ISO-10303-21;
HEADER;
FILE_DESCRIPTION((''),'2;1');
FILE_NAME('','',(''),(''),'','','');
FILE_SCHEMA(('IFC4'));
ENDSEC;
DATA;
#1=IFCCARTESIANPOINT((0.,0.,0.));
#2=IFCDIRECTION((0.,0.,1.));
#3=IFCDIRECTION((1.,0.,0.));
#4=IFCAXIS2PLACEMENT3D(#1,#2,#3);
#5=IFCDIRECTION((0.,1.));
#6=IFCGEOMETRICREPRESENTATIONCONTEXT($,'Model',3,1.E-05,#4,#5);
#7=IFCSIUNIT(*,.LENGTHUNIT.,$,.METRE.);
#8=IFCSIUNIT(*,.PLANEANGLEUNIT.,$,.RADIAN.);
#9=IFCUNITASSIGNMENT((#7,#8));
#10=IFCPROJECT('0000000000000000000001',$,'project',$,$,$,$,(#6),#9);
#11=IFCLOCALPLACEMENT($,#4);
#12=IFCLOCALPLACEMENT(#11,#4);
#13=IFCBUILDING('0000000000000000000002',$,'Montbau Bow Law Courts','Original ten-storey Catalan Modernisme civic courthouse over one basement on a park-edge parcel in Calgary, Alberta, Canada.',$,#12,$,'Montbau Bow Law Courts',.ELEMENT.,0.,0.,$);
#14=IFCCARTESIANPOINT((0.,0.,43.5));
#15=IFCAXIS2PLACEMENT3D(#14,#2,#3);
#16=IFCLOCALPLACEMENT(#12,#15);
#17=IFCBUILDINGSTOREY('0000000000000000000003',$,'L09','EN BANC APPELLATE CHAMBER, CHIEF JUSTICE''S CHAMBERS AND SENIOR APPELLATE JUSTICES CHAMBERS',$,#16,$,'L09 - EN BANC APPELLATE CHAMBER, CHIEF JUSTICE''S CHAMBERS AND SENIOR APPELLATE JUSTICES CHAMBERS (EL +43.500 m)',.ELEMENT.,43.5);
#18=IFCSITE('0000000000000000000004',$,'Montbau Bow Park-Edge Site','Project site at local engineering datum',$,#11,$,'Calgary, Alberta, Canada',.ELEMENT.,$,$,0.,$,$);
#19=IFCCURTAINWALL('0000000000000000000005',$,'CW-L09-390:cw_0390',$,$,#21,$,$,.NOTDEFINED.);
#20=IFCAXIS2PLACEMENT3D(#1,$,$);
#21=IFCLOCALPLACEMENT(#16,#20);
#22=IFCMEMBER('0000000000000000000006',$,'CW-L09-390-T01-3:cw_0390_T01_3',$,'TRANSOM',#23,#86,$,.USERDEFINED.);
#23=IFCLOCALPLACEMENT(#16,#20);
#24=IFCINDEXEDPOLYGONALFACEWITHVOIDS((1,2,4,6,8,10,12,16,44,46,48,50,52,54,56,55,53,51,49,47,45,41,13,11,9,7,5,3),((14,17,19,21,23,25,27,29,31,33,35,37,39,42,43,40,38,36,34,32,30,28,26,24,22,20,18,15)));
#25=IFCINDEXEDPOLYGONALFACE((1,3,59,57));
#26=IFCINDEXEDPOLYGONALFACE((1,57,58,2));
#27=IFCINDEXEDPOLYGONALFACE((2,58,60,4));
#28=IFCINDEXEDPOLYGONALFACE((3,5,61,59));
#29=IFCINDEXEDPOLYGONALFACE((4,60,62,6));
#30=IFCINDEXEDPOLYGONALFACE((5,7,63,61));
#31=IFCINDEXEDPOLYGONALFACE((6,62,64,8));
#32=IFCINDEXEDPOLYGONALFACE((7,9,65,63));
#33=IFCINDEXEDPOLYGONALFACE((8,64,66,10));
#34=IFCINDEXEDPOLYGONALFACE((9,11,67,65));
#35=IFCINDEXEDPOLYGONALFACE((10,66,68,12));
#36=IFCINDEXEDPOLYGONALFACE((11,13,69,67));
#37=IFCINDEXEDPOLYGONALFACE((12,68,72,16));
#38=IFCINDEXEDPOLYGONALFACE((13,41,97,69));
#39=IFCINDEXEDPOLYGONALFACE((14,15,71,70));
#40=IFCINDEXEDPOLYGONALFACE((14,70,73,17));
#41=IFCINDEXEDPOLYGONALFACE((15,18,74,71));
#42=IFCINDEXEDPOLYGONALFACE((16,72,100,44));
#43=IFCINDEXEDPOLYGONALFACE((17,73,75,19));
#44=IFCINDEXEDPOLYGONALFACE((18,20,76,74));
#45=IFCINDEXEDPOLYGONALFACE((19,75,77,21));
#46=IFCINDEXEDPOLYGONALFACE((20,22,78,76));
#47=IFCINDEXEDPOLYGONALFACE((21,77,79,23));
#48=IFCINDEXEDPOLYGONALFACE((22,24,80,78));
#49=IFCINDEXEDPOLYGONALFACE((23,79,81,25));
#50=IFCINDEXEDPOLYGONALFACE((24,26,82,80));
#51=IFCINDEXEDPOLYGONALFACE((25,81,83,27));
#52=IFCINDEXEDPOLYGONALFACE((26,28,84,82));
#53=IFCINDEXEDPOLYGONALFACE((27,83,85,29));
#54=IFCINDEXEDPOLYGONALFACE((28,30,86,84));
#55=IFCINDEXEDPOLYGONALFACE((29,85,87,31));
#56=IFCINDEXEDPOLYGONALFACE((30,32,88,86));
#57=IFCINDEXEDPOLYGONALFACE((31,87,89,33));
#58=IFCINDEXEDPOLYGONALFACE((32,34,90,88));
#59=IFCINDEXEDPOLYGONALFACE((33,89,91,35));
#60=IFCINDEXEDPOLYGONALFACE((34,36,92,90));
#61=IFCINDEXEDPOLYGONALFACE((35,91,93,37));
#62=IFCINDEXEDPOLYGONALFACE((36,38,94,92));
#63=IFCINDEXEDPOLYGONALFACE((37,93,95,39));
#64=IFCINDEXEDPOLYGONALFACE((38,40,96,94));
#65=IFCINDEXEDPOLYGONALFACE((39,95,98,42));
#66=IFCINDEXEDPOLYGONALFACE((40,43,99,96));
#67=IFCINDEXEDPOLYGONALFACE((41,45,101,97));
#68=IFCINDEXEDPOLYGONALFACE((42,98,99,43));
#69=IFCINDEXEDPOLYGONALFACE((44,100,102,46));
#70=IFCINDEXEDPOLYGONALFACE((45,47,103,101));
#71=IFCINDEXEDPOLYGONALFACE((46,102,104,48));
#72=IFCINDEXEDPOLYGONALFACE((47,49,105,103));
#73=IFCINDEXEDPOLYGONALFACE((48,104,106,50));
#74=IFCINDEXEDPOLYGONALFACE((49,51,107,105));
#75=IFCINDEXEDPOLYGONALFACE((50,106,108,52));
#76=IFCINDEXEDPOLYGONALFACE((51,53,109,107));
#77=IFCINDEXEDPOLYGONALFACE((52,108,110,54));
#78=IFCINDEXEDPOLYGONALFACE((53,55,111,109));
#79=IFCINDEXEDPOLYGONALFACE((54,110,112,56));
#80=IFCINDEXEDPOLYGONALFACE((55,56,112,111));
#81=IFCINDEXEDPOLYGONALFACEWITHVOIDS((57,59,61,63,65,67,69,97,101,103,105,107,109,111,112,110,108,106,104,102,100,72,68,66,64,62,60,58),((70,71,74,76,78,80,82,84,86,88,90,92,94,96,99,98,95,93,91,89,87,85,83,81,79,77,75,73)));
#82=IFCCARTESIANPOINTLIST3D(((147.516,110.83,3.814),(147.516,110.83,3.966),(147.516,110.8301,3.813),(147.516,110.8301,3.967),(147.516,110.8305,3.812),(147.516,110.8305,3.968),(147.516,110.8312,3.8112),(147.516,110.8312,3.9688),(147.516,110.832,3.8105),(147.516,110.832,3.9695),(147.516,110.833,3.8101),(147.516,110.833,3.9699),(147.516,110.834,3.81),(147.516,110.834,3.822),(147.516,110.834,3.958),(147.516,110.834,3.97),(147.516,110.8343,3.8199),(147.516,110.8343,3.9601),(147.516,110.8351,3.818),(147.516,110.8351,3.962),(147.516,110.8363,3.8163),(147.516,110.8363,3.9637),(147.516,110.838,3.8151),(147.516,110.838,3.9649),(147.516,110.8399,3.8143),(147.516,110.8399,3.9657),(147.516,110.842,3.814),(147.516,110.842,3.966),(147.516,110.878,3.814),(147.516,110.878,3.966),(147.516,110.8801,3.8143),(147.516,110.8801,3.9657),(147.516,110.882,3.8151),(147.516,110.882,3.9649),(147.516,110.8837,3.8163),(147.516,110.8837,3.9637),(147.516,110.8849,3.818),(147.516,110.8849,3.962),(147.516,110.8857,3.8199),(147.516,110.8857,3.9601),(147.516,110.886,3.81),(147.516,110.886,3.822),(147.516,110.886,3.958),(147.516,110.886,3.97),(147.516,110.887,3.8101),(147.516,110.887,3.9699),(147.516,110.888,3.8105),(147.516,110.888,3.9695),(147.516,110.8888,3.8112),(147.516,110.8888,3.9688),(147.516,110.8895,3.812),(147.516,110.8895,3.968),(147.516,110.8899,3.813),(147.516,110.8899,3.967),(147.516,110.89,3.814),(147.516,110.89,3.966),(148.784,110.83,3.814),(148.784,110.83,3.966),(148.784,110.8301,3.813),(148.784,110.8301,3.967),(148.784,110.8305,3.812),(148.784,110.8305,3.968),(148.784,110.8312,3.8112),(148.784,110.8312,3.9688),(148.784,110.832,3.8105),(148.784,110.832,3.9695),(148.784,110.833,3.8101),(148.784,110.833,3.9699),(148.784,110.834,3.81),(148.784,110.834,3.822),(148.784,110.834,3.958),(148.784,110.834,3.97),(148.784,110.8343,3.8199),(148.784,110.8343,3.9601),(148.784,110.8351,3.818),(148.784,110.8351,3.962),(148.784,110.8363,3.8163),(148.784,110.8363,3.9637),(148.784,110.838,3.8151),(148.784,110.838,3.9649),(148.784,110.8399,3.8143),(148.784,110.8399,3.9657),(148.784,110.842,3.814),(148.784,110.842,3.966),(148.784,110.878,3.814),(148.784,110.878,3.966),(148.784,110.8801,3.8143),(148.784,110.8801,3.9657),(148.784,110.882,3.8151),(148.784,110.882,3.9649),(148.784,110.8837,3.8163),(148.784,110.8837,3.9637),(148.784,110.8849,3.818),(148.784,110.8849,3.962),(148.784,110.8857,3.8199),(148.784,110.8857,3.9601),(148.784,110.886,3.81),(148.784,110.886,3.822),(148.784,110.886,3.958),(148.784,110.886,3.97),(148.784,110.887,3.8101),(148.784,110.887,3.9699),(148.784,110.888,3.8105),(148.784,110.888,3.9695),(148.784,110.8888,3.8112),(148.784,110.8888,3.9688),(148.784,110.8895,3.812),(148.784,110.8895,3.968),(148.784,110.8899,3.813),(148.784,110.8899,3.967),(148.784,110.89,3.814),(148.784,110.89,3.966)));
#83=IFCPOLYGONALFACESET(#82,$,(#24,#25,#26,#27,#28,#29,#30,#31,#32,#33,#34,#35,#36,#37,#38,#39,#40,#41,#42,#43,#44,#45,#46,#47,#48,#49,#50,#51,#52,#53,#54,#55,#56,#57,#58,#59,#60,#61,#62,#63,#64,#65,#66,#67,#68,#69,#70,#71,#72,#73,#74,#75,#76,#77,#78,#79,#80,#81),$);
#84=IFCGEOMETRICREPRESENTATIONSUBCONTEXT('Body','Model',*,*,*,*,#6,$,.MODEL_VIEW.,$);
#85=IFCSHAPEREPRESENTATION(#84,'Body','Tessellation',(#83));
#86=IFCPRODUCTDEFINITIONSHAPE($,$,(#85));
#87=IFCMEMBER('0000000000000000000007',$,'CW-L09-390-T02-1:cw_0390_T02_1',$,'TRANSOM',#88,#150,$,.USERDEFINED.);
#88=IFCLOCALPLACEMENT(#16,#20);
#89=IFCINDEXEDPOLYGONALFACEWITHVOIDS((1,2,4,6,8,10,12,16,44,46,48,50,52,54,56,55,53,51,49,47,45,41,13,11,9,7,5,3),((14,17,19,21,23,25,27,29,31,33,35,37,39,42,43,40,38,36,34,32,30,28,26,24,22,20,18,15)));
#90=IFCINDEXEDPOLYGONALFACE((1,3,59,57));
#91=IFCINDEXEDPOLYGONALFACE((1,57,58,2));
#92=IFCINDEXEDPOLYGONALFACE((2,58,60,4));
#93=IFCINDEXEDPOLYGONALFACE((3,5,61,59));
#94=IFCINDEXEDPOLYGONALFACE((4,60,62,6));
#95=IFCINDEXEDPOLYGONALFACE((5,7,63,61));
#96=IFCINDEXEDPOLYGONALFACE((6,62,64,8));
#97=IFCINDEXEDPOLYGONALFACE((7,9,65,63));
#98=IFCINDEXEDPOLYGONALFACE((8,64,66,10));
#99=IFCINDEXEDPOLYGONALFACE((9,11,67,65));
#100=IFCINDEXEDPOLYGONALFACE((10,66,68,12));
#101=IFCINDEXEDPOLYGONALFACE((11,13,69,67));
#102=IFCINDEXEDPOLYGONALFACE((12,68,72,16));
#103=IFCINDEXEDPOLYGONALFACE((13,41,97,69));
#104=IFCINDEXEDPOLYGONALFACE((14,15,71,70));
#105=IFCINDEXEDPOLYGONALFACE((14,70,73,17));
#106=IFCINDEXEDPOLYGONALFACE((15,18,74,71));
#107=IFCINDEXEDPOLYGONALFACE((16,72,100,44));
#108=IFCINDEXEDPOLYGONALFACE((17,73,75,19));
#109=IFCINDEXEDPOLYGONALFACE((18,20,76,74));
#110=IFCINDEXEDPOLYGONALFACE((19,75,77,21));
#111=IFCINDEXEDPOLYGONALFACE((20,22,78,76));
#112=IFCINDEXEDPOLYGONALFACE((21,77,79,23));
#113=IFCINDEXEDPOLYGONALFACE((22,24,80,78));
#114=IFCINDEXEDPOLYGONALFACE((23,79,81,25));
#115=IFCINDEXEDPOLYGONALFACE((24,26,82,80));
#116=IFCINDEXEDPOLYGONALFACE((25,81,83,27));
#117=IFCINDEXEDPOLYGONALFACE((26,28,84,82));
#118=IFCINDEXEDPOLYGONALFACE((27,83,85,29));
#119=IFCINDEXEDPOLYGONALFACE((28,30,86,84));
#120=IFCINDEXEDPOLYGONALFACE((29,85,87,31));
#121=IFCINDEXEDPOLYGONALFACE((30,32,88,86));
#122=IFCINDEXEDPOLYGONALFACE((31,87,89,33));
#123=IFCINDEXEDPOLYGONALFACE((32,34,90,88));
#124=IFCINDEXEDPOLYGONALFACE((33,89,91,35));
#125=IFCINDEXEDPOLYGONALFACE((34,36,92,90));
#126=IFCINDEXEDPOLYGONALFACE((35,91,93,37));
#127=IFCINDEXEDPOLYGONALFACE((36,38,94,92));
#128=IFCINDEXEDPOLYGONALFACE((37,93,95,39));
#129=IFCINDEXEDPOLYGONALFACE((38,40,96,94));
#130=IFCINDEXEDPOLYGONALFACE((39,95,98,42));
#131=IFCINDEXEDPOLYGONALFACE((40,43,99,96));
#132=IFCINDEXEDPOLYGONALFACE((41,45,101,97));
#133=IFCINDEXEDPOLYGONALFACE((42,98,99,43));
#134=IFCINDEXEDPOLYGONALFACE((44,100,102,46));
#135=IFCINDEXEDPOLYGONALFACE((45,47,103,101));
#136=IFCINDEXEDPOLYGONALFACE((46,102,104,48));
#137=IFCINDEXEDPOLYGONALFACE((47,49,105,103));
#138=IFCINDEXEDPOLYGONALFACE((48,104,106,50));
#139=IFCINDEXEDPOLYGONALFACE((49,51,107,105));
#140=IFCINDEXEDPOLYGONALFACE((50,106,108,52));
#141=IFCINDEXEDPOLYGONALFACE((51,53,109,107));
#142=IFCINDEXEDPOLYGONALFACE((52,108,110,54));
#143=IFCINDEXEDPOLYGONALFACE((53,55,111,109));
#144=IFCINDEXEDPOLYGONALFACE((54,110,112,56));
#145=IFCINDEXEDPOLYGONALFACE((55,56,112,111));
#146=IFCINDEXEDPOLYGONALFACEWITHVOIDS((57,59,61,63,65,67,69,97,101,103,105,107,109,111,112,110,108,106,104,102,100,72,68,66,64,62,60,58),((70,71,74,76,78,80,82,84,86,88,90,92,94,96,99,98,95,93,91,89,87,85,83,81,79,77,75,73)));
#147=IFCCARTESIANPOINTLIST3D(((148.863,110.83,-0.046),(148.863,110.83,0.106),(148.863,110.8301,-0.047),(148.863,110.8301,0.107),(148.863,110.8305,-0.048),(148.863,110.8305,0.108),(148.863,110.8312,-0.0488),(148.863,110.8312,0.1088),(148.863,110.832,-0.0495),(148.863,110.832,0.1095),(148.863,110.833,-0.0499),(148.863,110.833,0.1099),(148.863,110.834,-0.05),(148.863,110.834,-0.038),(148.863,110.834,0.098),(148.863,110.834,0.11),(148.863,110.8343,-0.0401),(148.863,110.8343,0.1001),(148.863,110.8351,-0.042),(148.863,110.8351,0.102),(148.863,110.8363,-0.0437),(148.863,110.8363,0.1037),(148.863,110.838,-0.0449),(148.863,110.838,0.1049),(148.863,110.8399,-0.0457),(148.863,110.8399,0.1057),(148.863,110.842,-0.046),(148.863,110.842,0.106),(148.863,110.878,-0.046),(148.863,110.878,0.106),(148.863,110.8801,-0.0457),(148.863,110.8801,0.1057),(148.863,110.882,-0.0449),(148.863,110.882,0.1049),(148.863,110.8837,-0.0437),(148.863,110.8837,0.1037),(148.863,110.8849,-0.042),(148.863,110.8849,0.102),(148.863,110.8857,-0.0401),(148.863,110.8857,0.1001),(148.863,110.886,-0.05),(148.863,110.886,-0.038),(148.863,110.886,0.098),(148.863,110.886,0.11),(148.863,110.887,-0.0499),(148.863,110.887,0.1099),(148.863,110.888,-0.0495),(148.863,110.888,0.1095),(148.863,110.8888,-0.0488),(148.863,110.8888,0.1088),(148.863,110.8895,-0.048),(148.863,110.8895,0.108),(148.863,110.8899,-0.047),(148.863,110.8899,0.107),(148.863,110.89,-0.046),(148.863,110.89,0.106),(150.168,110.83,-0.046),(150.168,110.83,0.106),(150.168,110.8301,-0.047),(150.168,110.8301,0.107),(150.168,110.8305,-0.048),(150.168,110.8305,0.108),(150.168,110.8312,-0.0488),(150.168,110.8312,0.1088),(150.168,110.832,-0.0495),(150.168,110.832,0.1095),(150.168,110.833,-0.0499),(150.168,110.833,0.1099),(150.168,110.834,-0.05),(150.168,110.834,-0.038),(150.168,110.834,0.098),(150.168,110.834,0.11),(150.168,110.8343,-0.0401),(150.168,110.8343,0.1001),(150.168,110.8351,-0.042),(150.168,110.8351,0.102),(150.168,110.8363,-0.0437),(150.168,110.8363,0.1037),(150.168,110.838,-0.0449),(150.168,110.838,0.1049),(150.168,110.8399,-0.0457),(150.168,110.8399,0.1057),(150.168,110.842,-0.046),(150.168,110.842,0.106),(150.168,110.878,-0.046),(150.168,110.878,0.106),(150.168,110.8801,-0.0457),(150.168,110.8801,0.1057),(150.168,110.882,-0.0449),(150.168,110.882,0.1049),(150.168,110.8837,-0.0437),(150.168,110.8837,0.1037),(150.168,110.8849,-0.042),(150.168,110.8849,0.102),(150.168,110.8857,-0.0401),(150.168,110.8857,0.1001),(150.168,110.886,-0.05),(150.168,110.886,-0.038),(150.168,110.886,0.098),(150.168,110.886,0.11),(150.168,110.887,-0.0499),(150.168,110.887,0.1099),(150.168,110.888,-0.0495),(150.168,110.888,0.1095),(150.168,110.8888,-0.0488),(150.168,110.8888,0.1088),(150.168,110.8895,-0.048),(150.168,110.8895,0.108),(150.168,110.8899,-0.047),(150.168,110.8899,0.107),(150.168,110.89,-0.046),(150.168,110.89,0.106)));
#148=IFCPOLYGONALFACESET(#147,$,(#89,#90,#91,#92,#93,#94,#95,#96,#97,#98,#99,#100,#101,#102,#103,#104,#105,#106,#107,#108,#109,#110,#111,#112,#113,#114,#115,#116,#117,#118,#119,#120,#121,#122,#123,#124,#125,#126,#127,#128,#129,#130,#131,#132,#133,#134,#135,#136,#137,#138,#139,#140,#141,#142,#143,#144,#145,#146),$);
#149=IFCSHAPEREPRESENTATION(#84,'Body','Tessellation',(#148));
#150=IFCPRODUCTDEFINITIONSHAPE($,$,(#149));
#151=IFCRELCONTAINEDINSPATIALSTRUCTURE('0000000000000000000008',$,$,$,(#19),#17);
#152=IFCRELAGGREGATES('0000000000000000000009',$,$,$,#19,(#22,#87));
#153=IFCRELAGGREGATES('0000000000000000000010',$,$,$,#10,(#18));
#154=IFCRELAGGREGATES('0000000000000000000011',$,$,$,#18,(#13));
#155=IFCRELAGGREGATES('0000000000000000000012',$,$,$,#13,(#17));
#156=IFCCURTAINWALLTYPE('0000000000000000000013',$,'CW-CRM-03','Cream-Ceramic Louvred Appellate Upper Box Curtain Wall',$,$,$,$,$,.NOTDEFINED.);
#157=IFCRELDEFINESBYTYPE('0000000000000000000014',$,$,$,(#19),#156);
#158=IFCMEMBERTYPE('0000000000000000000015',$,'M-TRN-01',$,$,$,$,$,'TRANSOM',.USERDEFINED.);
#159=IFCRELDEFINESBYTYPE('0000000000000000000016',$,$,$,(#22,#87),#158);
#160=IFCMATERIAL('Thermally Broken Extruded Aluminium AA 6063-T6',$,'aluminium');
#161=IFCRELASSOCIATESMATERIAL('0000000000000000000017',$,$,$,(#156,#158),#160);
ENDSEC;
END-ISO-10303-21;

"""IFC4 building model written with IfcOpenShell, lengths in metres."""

from ifc_helpers import new_model, si_unit, direction, frame, origin_with_axes, origin_2d_with_axis, place, context, subcontext, project, spatial, hollow_rectangle, extrude, material, material_profile, profile_set, type_object, element, aggregate, save


model = new_model("IFC4")

# Units and contexts
model_context = context("Model", 3, precision=1e-05, world=origin_with_axes(), true_north=direction((0.0, 1.0)))
body_context = subcontext(model_context, "Body", "Model", "MODEL_VIEW")
ifc_project = project(units=[si_unit("LENGTHUNIT", "METRE"), si_unit("PLANEANGLEUNIT", "RADIAN")], contexts=[model_context])

# Site, building, storey
site_placement = place(None, origin_with_axes())
site = spatial("IfcSite", under=ifc_project, at=site_placement, Name="Montbau Bow Park-Edge Site", Description="Project site at local engineering datum", LongName="Calgary, Alberta, Canada", CompositionType="ELEMENT", RefElevation=0.0)
building_placement = place(site_placement, origin_with_axes())
building = spatial("IfcBuilding", under=site, at=building_placement, Name="Montbau Bow Law Courts", Description="Original ten-storey Catalan Modernisme civic courthouse over one basement on a park-edge parcel in Calgary, Alberta, Canada.", LongName="Montbau Bow Law Courts", CompositionType="ELEMENT", ElevationOfRefHeight=0.0, ElevationOfTerrain=0.0)
storey_placement = place(building_placement, frame((0.0, 0.0, 43.5), z_axis=(0.0, 0.0, 1.0), x_axis=(1.0, 0.0, 0.0)))
storey = spatial("IfcBuildingStorey", under=building, at=storey_placement, Name="L09", Description="EN BANC APPELLATE CHAMBER, CHIEF JUSTICE'S CHAMBERS AND SENIOR APPELLATE JUSTICES CHAMBERS", LongName="L09 - EN BANC APPELLATE CHAMBER, CHIEF JUSTICE'S CHAMBERS AND SENIOR APPELLATE JUSTICES CHAMBERS (EL +43.500 m)", CompositionType="ELEMENT", Elevation=43.5)

# Curtain wall
ifc_material_1 = material(Name="Thermally Broken Extruded Aluminium AA 6063-T6", Category="aluminium")
curtain_wall_type = type_object("IfcCurtainWallType", Name="CW-CRM-03", Description="Cream-Ceramic Louvred Appellate Upper Box Curtain Wall", PredefinedType="NOTDEFINED", material=ifc_material_1)
curtain_wall_1_placement = place(None, frame((147.44, 110.86, 43.5), z_axis=(0.0, 0.0, 1.0), x_axis=(1.0, 0.0, 0.0)))
curtain_wall_1 = element("IfcCurtainWall", 1, at=curtain_wall_1_placement, inside=storey, type_object=curtain_wall_type, Name="CW-L09-390:cw_0390", PredefinedType="NOTDEFINED")

# Members
ifc_material_profile_1 = material_profile(ifc_material_1, hollow_rectangle(XDim=0.06, YDim=0.16, WallThickness=0.004, InnerFilletRadius=0.008, OuterFilletRadius=0.004, at=origin_2d_with_axis()), Name="CWT-160X60", Category="Main", Priority=0)
ifc_profile_set_1 = profile_set([ifc_material_profile_1], Name="Thermally Broken Extruded Aluminium AA 6063-T6")
member_type_1 = type_object("IfcMemberType", Name="M-TRN-01", ElementType="TRANSOM", PredefinedType="USERDEFINED", material=ifc_profile_set_1)
member_1_placement = place(None, frame((147.516, 110.86, 47.39), z_axis=(1.0, 0.0, 0.0), x_axis=(0.0, 1.0, 0.0)))
member_1 = element("IfcMember", 2, at=member_1_placement, type_object=member_type_1, Name="CW-L09-390-T01-3:cw_0390_T01_3", ObjectType="TRANSOM", PredefinedType="USERDEFINED", context=body_context, shape_type="SweptSolid", body=[
    extrude(hollow_rectangle(XDim=0.06, YDim=0.16, WallThickness=0.004, InnerFilletRadius=0.008, OuterFilletRadius=0.004, at=origin_2d_with_axis()), origin_with_axes(), (0.0, 0.0, 1.0), 1.268),
])
member_2_placement = place(None, frame((148.863, 110.86, 43.53), z_axis=(1.0, 0.0, 0.0), x_axis=(0.0, 1.0, 0.0)))
member_2 = element("IfcMember", 3, at=member_2_placement, type_object=member_type_1, Name="CW-L09-390-T02-1:cw_0390_T02_1", ObjectType="TRANSOM", PredefinedType="USERDEFINED", context=body_context, shape_type="SweptSolid", body=[
    extrude(hollow_rectangle(XDim=0.06, YDim=0.16, WallThickness=0.004, InnerFilletRadius=0.008, OuterFilletRadius=0.004, at=origin_2d_with_axis()), origin_with_axes(), (0.0, 0.0, 1.0), 1.305),
])

aggregate(curtain_wall_1, [member_1, member_2])

save(model, "model.ifc")
